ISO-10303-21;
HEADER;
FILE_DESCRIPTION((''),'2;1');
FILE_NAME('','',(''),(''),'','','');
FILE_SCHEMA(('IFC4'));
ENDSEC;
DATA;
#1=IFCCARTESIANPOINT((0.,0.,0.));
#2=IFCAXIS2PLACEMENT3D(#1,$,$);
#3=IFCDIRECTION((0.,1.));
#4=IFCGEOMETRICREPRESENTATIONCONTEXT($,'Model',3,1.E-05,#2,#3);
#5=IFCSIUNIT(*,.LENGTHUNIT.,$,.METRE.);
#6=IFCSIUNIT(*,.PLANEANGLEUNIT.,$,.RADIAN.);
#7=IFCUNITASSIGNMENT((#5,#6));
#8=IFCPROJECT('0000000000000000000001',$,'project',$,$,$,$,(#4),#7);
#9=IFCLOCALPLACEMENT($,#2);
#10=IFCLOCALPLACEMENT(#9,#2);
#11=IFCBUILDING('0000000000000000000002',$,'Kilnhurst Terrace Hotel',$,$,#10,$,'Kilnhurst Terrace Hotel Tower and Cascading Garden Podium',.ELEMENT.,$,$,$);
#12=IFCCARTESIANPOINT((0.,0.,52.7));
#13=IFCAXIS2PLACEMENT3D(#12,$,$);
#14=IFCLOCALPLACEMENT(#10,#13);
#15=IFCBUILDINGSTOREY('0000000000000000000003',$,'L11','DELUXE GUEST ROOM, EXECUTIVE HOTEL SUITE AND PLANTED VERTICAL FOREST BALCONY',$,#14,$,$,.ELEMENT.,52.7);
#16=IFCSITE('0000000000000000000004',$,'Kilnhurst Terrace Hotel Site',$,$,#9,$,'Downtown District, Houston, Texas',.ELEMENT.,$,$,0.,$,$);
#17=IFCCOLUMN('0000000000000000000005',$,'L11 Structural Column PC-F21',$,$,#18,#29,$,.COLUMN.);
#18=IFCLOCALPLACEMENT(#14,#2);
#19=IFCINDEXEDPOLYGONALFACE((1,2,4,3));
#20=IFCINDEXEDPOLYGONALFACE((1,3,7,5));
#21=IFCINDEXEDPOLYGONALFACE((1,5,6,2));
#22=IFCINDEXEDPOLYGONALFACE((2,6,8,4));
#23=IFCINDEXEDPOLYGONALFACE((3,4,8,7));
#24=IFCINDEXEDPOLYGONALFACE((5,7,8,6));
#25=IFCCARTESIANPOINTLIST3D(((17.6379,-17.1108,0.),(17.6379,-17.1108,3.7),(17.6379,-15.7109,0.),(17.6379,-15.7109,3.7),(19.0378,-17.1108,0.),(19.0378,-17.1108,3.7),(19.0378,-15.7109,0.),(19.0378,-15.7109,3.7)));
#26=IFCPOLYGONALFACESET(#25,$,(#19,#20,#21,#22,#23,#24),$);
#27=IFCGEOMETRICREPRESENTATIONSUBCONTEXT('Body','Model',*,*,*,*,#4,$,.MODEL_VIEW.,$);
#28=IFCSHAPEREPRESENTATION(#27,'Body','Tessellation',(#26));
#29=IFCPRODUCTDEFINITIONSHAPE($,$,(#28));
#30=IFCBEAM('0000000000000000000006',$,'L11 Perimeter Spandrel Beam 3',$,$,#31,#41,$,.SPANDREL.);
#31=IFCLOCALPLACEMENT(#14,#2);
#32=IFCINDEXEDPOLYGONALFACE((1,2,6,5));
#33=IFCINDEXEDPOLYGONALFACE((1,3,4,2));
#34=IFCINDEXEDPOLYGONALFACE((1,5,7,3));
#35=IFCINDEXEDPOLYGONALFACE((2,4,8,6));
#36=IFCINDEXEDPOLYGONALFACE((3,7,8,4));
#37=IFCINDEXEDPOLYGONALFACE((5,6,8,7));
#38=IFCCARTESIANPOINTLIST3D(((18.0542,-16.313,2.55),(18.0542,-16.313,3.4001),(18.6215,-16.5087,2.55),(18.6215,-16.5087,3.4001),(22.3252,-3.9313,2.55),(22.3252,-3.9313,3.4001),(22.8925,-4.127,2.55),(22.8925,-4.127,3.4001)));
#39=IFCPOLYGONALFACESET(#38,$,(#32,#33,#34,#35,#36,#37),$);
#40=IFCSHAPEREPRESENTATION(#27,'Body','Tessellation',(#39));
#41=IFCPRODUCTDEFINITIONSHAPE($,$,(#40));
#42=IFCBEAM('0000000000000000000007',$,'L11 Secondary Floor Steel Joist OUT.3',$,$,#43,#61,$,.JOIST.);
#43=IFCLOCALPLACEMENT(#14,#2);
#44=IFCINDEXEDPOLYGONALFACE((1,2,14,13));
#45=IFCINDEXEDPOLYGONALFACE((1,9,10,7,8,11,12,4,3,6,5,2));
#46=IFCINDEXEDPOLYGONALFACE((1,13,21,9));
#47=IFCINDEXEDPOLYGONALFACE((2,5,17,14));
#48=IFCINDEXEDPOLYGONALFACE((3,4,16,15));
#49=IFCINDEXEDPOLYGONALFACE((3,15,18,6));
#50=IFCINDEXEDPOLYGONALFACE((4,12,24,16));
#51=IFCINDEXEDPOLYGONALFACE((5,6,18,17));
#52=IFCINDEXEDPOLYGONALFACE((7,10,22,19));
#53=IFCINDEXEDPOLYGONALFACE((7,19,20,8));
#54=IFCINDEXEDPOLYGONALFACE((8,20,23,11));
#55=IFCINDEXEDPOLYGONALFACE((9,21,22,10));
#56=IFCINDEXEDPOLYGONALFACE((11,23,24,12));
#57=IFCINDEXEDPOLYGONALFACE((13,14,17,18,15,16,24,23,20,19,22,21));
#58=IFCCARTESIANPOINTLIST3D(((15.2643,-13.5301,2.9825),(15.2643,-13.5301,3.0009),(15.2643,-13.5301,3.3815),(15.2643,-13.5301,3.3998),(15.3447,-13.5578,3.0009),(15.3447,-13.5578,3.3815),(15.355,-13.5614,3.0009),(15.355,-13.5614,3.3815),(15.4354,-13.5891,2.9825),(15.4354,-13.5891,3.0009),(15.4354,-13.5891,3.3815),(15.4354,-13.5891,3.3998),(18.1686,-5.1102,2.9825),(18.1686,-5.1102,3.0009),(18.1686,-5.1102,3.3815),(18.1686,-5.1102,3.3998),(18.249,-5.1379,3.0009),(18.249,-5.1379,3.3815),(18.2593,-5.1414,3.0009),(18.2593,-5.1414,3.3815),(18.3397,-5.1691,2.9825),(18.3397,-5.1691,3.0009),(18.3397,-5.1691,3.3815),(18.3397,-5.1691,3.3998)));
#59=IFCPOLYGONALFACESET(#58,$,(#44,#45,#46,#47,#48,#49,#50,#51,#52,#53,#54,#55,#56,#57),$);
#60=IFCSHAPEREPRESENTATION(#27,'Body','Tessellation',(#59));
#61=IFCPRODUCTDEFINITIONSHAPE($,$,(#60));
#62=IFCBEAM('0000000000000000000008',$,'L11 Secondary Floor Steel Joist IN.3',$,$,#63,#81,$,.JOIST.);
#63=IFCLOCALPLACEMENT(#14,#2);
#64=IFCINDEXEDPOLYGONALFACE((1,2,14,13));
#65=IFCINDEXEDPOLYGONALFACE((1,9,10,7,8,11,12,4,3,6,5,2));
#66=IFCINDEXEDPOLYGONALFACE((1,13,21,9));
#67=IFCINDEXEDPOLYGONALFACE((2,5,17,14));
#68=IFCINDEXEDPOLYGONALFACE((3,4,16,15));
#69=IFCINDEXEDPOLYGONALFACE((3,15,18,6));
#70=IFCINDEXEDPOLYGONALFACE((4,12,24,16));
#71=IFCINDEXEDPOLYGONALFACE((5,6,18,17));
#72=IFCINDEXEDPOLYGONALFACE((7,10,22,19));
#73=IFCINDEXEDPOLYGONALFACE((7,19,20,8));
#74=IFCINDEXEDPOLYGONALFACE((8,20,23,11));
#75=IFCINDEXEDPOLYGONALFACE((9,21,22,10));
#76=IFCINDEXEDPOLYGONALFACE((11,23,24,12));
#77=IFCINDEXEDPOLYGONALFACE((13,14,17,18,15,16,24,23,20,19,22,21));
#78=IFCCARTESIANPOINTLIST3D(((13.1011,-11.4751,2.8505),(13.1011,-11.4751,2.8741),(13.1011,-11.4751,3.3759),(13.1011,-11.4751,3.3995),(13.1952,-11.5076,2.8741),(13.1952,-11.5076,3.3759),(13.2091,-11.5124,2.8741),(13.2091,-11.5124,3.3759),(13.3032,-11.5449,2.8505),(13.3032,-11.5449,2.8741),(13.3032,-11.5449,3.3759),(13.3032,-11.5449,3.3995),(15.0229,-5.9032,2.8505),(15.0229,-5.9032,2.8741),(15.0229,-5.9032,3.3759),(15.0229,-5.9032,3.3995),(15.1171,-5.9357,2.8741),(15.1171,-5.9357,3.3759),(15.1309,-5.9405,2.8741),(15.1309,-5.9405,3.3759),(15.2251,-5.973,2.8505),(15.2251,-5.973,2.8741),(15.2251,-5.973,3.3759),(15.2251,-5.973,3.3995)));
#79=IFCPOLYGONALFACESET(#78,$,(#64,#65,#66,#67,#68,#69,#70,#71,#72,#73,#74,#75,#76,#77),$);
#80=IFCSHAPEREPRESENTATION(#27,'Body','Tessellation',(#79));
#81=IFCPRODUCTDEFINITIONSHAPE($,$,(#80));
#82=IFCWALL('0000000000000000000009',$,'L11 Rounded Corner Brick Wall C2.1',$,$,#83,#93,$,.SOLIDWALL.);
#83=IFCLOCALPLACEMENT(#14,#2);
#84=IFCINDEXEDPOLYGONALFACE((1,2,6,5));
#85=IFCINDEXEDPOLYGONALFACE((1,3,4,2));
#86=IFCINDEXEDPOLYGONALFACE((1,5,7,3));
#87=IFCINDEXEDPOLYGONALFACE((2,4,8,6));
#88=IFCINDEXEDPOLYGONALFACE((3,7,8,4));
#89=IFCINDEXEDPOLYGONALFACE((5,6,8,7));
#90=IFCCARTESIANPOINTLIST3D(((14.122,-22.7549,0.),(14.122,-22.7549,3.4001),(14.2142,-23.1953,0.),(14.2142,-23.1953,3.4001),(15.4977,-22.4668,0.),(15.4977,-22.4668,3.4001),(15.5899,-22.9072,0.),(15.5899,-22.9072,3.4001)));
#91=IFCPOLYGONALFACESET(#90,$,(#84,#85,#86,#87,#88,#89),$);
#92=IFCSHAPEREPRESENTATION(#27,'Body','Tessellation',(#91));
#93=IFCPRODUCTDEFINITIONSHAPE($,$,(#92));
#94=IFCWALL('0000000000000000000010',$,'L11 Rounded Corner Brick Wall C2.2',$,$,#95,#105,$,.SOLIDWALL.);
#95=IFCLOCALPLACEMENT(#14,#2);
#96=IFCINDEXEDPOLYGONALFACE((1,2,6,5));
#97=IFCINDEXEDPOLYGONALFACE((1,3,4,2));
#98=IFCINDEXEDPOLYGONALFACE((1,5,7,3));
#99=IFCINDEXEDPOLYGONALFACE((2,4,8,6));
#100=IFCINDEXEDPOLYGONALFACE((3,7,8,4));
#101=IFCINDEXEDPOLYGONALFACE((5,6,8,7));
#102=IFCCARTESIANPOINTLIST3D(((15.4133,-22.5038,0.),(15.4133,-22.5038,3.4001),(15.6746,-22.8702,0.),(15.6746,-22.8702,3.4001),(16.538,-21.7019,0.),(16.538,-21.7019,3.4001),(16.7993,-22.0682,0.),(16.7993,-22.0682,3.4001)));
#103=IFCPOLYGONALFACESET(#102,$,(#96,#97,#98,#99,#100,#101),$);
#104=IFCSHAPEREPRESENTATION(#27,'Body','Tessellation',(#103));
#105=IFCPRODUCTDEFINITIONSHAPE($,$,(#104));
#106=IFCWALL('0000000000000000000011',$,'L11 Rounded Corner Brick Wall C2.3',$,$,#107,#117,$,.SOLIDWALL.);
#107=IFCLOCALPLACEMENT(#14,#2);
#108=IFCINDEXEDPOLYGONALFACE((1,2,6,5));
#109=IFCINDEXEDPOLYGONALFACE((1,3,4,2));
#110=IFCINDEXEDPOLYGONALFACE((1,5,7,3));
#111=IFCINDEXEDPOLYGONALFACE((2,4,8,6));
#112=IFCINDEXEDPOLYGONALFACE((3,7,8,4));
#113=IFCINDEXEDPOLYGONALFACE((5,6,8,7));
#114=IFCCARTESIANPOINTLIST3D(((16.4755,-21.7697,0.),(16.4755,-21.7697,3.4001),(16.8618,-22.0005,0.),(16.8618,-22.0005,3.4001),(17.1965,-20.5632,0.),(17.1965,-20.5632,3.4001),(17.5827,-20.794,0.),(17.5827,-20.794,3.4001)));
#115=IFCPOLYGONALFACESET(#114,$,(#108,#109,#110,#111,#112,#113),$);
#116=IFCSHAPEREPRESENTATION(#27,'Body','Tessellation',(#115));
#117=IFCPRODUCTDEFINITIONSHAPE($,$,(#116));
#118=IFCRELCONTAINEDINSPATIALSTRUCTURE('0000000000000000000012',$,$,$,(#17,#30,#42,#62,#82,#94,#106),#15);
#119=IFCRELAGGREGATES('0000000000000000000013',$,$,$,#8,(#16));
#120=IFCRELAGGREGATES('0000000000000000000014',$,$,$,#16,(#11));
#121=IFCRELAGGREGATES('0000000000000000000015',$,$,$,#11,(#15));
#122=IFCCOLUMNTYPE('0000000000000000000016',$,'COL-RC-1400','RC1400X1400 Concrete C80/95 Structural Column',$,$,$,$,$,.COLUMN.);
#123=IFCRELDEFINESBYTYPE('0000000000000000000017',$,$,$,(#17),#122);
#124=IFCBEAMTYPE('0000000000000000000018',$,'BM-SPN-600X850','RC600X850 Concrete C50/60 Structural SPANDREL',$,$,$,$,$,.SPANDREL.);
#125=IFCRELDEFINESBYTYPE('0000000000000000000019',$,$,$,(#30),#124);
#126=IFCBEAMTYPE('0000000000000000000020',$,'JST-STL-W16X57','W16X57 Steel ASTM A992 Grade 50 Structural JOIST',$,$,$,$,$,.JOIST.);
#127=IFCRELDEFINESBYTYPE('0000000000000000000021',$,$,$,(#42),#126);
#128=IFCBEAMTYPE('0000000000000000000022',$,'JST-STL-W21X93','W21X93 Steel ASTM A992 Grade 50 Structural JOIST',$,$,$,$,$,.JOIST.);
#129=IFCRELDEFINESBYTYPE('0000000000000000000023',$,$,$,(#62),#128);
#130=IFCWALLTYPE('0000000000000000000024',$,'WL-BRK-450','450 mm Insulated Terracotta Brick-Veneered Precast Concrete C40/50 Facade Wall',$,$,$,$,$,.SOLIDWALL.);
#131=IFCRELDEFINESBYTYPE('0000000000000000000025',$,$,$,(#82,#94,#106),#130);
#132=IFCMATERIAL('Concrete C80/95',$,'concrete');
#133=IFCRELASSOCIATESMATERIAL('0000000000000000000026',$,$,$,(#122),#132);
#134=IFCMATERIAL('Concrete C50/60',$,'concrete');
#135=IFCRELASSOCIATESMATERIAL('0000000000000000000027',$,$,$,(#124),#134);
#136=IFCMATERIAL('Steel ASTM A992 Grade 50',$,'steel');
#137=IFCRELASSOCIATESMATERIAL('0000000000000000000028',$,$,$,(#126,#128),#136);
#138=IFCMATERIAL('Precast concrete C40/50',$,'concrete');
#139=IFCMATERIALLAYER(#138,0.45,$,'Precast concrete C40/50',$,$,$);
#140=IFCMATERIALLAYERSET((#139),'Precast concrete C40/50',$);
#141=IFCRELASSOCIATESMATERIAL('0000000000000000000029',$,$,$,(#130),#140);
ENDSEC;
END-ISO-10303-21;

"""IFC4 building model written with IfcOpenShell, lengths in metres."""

from ifc_helpers import new_model, si_unit, direction, frame, frame_2d, origin, origin_2d, place, context, subcontext, project, spatial, rectangle, i_section, extrude, material, layer, layer_set, material_profile, profile_set, type_object, element, save


model = new_model("IFC4")

# Units and contexts
model_context = context("Model", 3, precision=1e-05, world=origin(), true_north=direction((0.0, 1.0)))
body_context = subcontext(model_context, "Body", "Model", "MODEL_VIEW")
ifc_project = project(units=[si_unit("LENGTHUNIT", "METRE"), si_unit("PLANEANGLEUNIT", "RADIAN")], contexts=[model_context])

# Site, building, storey
site_placement = place(None, origin())
site = spatial("IfcSite", under=ifc_project, at=site_placement, Name="Kilnhurst Terrace Hotel Site", LongName="Downtown District, Houston, Texas", CompositionType="ELEMENT", RefElevation=0.0)
building_placement = place(site_placement, origin())
building = spatial("IfcBuilding", under=site, at=building_placement, Name="Kilnhurst Terrace Hotel", LongName="Kilnhurst Terrace Hotel Tower and Cascading Garden Podium", CompositionType="ELEMENT")
storey_placement = place(building_placement, frame((0.0, 0.0, 52.7)))
storey = spatial("IfcBuildingStorey", under=building, at=storey_placement, Name="L11", Description="DELUXE GUEST ROOM, EXECUTIVE HOTEL SUITE AND PLANTED VERTICAL FOREST BALCONY", CompositionType="ELEMENT", Elevation=52.7)

# Column
ifc_material_1 = material(Name="Concrete C80/95", Category="concrete")
ifc_material_profile_1 = material_profile(ifc_material_1, rectangle(XDim=1.3999, YDim=1.3999, at=origin_2d()), Name="RC1400X1400")
ifc_profile_set_1 = profile_set([ifc_material_profile_1], Name="Concrete C80/95")
column_type = type_object("IfcColumnType", Name="COL-RC-1400", Description="RC1400X1400 Concrete C80/95 Structural Column", PredefinedType="COLUMN", material=ifc_profile_set_1)
column_placement = place(storey_placement, frame((18.3379, -16.4109, 0.0), z_axis=(0.0, 0.0, 1.0), x_axis=(1.0, 0.0, 0.0)))
element("IfcColumn", 1, at=column_placement, inside=storey, type_object=column_type, Name="L11 Structural Column PC-F21", PredefinedType="COLUMN", context=body_context, shape_type="SweptSolid", body=[
    extrude(rectangle(XDim=1.3999, YDim=1.3999, at=origin_2d()), origin(), (0.0, 0.0, 1.0), 3.7),
])

# Beams
ifc_material_2 = material(Name="Concrete C50/60", Category="concrete")
ifc_material_profile_2 = material_profile(ifc_material_2, rectangle(XDim=0.6001, YDim=0.8501, at=origin_2d()), Name="RC600X850")
ifc_profile_set_2 = profile_set([ifc_material_profile_2], Name="Concrete C50/60")
beam_type_1 = type_object("IfcBeamType", Name="BM-SPN-600X850", Description="RC600X850 Concrete C50/60 Structural SPANDREL", PredefinedType="SPANDREL", material=ifc_profile_set_2)
beam_1_placement = place(storey_placement, frame((18.3379, -16.4109, 2.9751), z_axis=(0.326086, 0.94534, 0.0), x_axis=(-0.94534, 0.326086, 0.0)))
element("IfcBeam", 2, at=beam_1_placement, inside=storey, type_object=beam_type_1, Name="L11 Perimeter Spandrel Beam 3", PredefinedType="SPANDREL", context=body_context, shape_type="SweptSolid", body=[
    extrude(rectangle(XDim=0.6001, YDim=0.8501, at=origin_2d()), origin(), (0.0, 0.0, 1.0), 13.0977),
])
ifc_material_3 = material(Name="Steel ASTM A992 Grade 50", Category="steel")
ifc_material_profile_3 = material_profile(ifc_material_3, i_section(OverallWidth=0.1809, OverallDepth=0.4172, WebThickness=0.011, FlangeThickness=0.0183, at=origin_2d()), Name="W16X57")
ifc_profile_set_3 = profile_set([ifc_material_profile_3], Name="Steel ASTM A992 Grade 50")
beam_type_2 = type_object("IfcBeamType", Name="JST-STL-W16X57", Description="W16X57 Steel ASTM A992 Grade 50 Structural JOIST", PredefinedType="JOIST", material=ifc_profile_set_3)
beam_2_placement = place(storey_placement, frame((15.3499, -13.5596, 3.1912), z_axis=(0.326079, 0.945343, 0.0), x_axis=(-0.945343, 0.326079, 0.0)))
element("IfcBeam", 3, at=beam_2_placement, inside=storey, type_object=beam_type_2, Name="L11 Secondary Floor Steel Joist OUT.3", PredefinedType="JOIST", context=body_context, shape_type="SweptSolid", body=[
    extrude(i_section(OverallWidth=0.1809, OverallDepth=0.4172, WebThickness=0.011, FlangeThickness=0.0183, at=origin_2d()), origin(), (0.0, 0.0, 1.0), 8.9067),
])
ifc_material_profile_4 = material_profile(ifc_material_3, i_section(OverallWidth=0.2139, OverallDepth=0.5491, WebThickness=0.0146, FlangeThickness=0.0237, at=origin_2d()), Name="W21X93")
ifc_profile_set_4 = profile_set([ifc_material_profile_4], Name="Steel ASTM A992 Grade 50")
beam_type_3 = type_object("IfcBeamType", Name="JST-STL-W21X93", Description="W21X93 Steel ASTM A992 Grade 50 Structural JOIST", PredefinedType="JOIST", material=ifc_profile_set_4)
beam_3_placement = place(storey_placement, frame((13.2021, -11.51, 3.125), z_axis=(0.326065, 0.945347, 0.0), x_axis=(-0.945347, 0.326065, 0.0)))
element("IfcBeam", 4, at=beam_3_placement, inside=storey, type_object=beam_type_3, Name="L11 Secondary Floor Steel Joist IN.3", PredefinedType="JOIST", context=body_context, shape_type="SweptSolid", body=[
    extrude(i_section(OverallWidth=0.2139, OverallDepth=0.5491, WebThickness=0.0146, FlangeThickness=0.0237, at=origin_2d()), origin(), (0.0, 0.0, 1.0), 5.894),
])

# Walls
ifc_material_4 = material(Name="Precast concrete C40/50", Category="concrete")
ifc_layer_1 = layer(ifc_material_4, 0.45, Name="Precast concrete C40/50")
ifc_layer_set_1 = layer_set([ifc_layer_1], Name="Precast concrete C40/50")
wall_type_1 = type_object("IfcWallType", Name="WL-BRK-450", Description="450 mm Insulated Terracotta Brick-Veneered Precast Concrete C40/50 Facade Wall", PredefinedType="SOLIDWALL", material=ifc_layer_set_1)
wall_1_placement = place(storey_placement, frame((14.1682, -22.9751, 0.0), z_axis=(0.0, 0.0, 1.0), x_axis=(0.97877, 0.20496, 0.0)))
element("IfcWall", 5, at=wall_1_placement, inside=storey, type_object=wall_type_1, Name="L11 Rounded Corner Brick Wall C2.1", PredefinedType="SOLIDWALL", context=body_context, shape_type="SweptSolid", body=[
    extrude(rectangle(XDim=1.4055, YDim=0.45, at=frame_2d((0.7026, 0.0))), origin(), (0.0, 0.0, 1.0), 3.4001),
])
wall_2_placement = place(storey_placement, frame((15.5439, -22.687, 0.0), z_axis=(0.0, 0.0, 1.0), x_axis=(0.814211, 0.580569, 0.0)))
element("IfcWall", 6, at=wall_2_placement, inside=storey, type_object=wall_type_1, Name="L11 Rounded Corner Brick Wall C2.2", PredefinedType="SOLIDWALL", context=body_context, shape_type="SweptSolid", body=[
    extrude(rectangle(XDim=1.3813, YDim=0.45, at=frame_2d((0.6907, 0.0))), origin(), (0.0, 0.0, 1.0), 3.4001),
])
wall_3_placement = place(storey_placement, frame((16.6687, -21.885, 0.0), z_axis=(0.0, 0.0, 1.0), x_axis=(0.512937, 0.858426, 0.0)))
element("IfcWall", 7, at=wall_3_placement, inside=storey, type_object=wall_type_1, Name="L11 Rounded Corner Brick Wall C2.3", PredefinedType="SOLIDWALL", context=body_context, shape_type="SweptSolid", body=[
    extrude(rectangle(XDim=1.4055, YDim=0.45, at=frame_2d((0.7026, 0.0))), origin(), (0.0, 0.0, 1.0), 3.4001),
])

save(model, "model.ifc")
